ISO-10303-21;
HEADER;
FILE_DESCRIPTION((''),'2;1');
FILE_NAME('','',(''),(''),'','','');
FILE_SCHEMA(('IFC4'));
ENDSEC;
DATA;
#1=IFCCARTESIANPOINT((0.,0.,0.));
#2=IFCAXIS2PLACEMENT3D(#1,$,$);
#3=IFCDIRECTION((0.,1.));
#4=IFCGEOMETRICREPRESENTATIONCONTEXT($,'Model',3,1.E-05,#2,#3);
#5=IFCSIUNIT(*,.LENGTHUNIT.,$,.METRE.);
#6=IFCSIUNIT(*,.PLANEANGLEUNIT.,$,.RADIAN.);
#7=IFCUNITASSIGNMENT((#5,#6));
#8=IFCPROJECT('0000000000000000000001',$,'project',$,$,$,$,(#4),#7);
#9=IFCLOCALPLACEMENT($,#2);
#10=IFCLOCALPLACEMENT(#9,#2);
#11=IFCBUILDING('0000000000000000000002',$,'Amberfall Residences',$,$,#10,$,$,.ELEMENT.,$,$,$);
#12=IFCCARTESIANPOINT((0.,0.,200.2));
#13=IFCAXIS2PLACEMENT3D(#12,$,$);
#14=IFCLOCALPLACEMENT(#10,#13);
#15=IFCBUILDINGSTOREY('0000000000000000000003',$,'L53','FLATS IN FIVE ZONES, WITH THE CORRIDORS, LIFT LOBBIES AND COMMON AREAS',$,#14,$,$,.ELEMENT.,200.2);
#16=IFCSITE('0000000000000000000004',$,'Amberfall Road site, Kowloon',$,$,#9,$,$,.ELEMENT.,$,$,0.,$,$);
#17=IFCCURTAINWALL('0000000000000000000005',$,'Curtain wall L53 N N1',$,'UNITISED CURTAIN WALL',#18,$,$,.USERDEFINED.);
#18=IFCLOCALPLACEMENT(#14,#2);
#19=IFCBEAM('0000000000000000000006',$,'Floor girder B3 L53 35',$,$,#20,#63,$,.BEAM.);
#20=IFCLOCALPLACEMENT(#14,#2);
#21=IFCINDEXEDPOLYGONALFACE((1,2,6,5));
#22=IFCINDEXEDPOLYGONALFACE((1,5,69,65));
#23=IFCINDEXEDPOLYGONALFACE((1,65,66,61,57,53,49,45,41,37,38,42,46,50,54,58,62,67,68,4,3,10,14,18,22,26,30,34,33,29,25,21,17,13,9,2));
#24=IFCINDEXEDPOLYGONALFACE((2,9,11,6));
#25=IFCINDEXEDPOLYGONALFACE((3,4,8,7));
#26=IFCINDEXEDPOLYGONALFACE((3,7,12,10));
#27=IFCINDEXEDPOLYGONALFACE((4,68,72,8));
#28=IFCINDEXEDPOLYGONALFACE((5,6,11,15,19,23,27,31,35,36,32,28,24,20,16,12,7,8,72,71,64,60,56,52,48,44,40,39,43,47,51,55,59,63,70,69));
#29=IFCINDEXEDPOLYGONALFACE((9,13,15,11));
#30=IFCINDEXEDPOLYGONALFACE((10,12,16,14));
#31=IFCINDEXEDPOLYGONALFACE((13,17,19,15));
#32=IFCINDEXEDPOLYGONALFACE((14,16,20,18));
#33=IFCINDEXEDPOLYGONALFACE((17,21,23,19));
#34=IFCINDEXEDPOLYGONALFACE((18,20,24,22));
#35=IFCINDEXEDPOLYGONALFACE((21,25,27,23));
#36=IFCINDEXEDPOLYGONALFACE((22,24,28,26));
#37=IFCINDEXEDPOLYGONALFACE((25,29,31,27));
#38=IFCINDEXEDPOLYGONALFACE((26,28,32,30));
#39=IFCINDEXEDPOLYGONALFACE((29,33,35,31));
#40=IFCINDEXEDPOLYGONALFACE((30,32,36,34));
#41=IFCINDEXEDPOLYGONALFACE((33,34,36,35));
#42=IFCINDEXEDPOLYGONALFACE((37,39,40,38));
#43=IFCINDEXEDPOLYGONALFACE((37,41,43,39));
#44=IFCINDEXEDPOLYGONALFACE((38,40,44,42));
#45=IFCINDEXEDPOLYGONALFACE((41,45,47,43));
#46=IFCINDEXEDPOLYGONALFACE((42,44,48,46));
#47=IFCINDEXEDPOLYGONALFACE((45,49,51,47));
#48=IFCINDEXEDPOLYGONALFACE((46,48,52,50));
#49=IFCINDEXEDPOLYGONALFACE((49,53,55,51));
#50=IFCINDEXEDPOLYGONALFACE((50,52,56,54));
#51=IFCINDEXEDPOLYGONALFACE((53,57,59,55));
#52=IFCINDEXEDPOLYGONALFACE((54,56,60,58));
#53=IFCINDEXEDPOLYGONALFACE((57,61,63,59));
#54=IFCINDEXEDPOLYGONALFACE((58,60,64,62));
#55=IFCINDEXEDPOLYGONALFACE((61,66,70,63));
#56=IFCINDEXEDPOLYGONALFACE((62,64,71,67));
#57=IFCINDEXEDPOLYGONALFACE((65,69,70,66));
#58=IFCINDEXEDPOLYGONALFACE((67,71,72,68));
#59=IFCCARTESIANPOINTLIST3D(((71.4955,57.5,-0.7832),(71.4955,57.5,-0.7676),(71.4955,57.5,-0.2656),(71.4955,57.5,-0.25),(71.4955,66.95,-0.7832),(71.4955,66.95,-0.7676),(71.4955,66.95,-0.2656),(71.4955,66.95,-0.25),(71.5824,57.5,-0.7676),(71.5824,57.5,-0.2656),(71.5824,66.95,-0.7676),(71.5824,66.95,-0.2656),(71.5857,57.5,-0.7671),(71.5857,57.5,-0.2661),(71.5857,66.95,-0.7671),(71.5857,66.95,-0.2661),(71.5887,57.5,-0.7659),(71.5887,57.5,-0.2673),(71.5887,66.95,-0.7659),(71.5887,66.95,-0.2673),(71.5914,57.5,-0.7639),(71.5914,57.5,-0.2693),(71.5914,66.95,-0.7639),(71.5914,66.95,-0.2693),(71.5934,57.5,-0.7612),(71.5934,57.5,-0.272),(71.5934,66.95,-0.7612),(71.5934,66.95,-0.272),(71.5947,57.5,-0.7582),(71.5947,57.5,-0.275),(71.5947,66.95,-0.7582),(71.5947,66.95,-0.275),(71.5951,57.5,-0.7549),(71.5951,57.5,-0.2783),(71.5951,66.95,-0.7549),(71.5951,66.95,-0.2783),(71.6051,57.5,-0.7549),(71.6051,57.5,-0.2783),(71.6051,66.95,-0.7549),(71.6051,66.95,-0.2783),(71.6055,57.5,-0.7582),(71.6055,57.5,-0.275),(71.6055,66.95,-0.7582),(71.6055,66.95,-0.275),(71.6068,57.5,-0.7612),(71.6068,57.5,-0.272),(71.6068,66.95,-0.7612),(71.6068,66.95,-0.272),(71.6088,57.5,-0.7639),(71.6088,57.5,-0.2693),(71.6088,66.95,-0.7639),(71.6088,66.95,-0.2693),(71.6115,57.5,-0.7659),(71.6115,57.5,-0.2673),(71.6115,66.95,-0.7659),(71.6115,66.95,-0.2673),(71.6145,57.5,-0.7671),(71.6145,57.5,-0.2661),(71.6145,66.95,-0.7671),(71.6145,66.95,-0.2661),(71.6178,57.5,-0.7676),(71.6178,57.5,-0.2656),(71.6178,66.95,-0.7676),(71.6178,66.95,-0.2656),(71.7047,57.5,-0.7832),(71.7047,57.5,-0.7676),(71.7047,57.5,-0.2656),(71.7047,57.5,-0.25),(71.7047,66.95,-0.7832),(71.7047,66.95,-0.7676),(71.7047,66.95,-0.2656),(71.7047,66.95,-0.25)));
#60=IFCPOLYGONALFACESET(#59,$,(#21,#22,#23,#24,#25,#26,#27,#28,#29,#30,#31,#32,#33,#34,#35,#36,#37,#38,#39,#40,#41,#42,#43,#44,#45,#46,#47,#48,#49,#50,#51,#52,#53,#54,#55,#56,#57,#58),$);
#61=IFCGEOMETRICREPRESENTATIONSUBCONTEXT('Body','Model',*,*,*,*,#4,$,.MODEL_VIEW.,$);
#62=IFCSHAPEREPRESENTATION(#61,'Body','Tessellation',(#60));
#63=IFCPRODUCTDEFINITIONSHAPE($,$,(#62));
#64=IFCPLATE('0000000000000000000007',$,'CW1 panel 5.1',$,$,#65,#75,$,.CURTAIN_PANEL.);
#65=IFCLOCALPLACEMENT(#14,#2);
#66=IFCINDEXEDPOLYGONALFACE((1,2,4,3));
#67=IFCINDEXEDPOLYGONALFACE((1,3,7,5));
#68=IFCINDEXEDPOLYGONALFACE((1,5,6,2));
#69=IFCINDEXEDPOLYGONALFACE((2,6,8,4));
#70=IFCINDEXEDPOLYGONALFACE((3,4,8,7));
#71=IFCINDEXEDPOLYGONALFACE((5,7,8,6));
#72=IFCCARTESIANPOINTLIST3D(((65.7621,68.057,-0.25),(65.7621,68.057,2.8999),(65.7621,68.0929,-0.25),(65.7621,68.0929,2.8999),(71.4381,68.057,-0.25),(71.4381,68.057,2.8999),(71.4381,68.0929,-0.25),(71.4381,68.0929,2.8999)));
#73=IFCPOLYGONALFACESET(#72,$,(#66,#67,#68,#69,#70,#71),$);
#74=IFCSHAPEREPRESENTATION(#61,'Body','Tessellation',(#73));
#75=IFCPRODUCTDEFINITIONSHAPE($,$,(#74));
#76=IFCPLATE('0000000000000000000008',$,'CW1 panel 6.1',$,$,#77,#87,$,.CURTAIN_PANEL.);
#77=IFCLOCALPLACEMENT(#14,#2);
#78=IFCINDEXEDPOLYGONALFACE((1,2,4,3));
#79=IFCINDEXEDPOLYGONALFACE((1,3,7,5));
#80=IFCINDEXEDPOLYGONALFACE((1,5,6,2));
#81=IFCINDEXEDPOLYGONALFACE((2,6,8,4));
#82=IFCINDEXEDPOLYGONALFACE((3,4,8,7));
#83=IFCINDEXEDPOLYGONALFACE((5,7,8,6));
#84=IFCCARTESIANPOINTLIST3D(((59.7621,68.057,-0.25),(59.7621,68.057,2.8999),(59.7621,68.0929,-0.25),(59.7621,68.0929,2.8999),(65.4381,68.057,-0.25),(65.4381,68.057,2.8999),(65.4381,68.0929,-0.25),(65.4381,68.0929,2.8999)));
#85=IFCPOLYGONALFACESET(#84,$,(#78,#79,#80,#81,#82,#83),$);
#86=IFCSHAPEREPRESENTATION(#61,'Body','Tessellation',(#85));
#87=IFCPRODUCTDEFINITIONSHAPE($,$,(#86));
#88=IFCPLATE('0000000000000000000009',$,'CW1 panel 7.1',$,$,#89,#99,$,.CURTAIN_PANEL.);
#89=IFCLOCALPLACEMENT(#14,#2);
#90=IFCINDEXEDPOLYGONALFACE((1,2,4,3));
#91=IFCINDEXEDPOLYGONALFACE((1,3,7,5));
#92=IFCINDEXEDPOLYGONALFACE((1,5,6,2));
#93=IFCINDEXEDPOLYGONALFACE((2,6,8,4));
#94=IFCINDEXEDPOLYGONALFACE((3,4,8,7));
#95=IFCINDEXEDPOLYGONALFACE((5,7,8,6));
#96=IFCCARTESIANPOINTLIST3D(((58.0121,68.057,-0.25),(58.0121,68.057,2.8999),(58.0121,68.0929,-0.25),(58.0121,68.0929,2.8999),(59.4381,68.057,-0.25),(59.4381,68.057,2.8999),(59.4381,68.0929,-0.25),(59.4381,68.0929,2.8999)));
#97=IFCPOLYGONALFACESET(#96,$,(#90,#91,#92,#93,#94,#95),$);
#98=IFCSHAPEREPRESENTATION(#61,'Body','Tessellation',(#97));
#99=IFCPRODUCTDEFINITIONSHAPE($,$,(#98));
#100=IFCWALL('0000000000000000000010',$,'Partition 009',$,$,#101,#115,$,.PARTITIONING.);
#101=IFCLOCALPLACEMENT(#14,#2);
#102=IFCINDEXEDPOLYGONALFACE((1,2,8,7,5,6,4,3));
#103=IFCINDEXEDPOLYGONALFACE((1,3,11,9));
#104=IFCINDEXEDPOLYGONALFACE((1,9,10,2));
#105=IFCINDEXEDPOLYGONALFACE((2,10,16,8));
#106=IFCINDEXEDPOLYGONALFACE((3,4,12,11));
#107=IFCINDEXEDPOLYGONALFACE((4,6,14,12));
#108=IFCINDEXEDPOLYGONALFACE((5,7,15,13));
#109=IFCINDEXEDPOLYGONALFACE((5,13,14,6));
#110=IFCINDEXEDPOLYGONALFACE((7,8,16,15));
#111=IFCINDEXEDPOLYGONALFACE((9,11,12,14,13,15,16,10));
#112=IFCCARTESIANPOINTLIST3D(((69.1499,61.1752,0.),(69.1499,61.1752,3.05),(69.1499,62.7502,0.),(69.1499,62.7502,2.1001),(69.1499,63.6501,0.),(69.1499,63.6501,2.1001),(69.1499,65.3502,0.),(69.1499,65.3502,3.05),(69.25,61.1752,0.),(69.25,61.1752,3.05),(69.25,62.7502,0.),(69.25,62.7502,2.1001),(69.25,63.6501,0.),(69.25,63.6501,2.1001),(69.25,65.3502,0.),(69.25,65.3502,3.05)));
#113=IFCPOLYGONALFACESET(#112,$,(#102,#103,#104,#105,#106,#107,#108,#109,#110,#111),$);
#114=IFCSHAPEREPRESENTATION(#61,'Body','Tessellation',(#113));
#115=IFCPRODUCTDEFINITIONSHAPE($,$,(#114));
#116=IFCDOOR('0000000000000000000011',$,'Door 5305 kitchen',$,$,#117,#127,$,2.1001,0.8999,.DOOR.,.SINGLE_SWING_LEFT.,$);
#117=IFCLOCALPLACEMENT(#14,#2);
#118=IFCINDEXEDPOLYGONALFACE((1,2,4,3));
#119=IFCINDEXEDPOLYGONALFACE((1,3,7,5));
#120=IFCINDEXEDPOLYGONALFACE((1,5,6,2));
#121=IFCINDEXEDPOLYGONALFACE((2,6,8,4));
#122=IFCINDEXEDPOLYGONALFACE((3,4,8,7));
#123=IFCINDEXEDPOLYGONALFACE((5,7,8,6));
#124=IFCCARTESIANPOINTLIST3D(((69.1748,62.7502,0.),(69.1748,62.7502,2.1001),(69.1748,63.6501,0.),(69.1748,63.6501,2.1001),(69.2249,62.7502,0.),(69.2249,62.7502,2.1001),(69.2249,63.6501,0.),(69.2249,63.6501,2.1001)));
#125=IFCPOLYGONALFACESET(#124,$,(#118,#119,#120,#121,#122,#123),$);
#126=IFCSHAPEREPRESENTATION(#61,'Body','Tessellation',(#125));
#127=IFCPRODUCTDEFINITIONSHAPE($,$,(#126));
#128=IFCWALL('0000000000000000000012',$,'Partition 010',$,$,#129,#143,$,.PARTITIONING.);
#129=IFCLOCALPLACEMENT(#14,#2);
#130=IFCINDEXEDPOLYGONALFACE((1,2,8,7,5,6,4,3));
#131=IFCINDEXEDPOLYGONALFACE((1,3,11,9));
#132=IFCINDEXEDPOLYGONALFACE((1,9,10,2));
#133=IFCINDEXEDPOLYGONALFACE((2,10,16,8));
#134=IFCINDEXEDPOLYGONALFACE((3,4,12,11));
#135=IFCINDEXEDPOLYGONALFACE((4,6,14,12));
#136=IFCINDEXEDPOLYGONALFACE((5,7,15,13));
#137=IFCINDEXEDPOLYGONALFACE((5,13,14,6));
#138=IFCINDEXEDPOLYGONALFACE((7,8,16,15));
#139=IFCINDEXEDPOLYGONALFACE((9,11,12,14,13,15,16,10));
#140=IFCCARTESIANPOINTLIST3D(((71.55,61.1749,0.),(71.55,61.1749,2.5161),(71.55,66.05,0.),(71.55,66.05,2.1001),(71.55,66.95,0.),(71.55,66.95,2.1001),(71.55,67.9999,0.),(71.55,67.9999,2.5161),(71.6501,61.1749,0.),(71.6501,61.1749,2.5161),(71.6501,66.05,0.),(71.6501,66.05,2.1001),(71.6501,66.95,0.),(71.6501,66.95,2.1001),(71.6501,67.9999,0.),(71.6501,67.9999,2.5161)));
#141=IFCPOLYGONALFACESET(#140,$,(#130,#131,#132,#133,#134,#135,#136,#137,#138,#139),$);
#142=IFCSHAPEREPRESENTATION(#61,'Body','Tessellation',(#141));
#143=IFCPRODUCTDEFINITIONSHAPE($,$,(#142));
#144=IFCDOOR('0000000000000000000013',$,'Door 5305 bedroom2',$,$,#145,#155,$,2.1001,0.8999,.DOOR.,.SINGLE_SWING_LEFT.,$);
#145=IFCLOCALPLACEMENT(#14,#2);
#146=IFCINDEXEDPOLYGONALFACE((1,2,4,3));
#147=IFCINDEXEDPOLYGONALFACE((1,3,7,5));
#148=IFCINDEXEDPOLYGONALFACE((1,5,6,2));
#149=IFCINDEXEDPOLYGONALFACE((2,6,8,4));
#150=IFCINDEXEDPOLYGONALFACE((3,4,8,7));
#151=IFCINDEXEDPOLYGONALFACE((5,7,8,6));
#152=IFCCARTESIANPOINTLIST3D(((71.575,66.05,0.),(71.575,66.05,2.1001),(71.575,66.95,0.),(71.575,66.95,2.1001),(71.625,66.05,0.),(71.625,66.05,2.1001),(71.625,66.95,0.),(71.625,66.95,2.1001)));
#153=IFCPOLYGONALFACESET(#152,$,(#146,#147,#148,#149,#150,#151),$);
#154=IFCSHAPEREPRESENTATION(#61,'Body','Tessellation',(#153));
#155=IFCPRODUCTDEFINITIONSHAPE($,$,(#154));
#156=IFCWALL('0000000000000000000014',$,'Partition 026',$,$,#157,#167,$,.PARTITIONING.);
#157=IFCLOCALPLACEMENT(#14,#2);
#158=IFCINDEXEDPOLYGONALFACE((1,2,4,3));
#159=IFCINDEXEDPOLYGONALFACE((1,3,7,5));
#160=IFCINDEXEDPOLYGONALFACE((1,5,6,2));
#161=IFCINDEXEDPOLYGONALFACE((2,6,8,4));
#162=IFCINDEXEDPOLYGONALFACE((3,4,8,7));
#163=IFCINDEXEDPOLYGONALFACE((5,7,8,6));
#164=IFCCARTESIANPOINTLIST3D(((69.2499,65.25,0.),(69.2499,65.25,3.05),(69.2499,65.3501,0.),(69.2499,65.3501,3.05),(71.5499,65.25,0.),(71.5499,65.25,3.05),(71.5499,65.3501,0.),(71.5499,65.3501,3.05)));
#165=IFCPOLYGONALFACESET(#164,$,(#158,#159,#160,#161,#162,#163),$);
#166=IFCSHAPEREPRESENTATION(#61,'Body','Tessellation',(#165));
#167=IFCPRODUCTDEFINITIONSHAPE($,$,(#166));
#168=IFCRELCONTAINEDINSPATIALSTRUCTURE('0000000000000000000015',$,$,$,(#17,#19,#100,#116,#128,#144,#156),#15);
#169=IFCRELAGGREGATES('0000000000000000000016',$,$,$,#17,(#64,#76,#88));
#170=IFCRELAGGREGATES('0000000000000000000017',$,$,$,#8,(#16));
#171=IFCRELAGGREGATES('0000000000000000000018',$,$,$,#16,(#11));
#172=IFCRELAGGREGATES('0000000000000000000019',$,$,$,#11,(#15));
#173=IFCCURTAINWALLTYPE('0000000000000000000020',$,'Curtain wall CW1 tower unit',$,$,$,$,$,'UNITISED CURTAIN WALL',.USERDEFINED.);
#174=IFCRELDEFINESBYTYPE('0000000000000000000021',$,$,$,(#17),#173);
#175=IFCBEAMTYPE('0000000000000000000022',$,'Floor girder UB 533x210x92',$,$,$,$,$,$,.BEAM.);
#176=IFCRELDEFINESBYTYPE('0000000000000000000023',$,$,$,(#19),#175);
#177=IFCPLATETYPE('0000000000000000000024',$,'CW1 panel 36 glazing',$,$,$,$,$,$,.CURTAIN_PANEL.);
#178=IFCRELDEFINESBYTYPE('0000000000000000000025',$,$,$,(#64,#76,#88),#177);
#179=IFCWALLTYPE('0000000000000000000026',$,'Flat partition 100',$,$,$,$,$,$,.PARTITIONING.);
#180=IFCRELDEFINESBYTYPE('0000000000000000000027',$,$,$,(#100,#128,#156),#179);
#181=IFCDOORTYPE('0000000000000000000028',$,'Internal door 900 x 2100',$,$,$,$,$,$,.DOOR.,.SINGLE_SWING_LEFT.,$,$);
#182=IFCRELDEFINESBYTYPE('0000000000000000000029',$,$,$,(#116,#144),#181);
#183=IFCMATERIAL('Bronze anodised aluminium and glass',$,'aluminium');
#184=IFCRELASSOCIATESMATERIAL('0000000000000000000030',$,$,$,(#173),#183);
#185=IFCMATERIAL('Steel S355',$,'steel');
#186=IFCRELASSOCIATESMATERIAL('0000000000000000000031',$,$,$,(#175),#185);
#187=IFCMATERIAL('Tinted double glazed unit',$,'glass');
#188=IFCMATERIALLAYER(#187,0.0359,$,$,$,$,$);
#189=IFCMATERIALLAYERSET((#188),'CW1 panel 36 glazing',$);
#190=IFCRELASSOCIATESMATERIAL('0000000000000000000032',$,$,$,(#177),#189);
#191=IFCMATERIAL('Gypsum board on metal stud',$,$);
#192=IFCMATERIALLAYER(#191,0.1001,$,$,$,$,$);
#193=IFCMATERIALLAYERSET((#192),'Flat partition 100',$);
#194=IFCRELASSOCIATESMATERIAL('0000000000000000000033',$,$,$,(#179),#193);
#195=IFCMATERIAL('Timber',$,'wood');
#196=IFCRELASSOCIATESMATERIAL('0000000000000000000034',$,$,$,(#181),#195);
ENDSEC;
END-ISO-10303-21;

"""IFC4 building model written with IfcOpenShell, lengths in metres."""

from ifc_helpers import new_model, si_unit, direction, frame, frame_2d, origin, origin_2d, place, context, subcontext, project, spatial, rectangle, i_section, extrude, material, layer, layer_set, material_profile, profile_set, type_object, element, fill, aggregate, save


model = new_model("IFC4")

# Units and contexts
model_context = context("Model", 3, precision=1e-05, world=origin(), true_north=direction((0.0, 1.0)))
body_context = subcontext(model_context, "Body", "Model", "MODEL_VIEW")
ifc_project = project(units=[si_unit("LENGTHUNIT", "METRE"), si_unit("PLANEANGLEUNIT", "RADIAN")], contexts=[model_context])

# Site, building, storey
site_placement = place(None, origin())
site = spatial("IfcSite", under=ifc_project, at=site_placement, Name="Amberfall Road site, Kowloon", CompositionType="ELEMENT", RefElevation=0.0)
building_placement = place(site_placement, origin())
building = spatial("IfcBuilding", under=site, at=building_placement, Name="Amberfall Residences", CompositionType="ELEMENT")
storey_placement = place(building_placement, frame((0.0, 0.0, 200.2)))
storey = spatial("IfcBuildingStorey", under=building, at=storey_placement, Name="L53", Description="FLATS IN FIVE ZONES, WITH THE CORRIDORS, LIFT LOBBIES AND COMMON AREAS", CompositionType="ELEMENT", Elevation=200.2)

# Curtain wall
ifc_material_1 = material(Name="Bronze anodised aluminium and glass", Category="aluminium")
curtain_wall_type = type_object("IfcCurtainWallType", Name="Curtain wall CW1 tower unit", ElementType="UNITISED CURTAIN WALL", PredefinedType="USERDEFINED", material=ifc_material_1)
curtain_wall_placement = place(storey_placement, origin())
curtain_wall = element("IfcCurtainWall", 1, at=curtain_wall_placement, inside=storey, type_object=curtain_wall_type, Name="Curtain wall L53 N N1", ObjectType="UNITISED CURTAIN WALL", PredefinedType="USERDEFINED")

# Shared definitions
ifc_material_2 = material(Name="Steel S355", Category="steel")

# Beam
ifc_material_profile_1 = material_profile(ifc_material_2, i_section(OverallWidth=0.2092, OverallDepth=0.5332, WebThickness=0.01, FlangeThickness=0.0156, FilletRadius=0.0127, at=origin_2d()), Name="UB 533x210x92")
ifc_profile_set_1 = profile_set([ifc_material_profile_1], Name="Steel S355")
beam_type_1 = type_object("IfcBeamType", Name="Floor girder UB 533x210x92", PredefinedType="BEAM", material=ifc_profile_set_1)
for number, where, z_axis, x_axis, name in (
    (2, (71.6001, 66.95, -0.5166), (0.0, -1.0, 0.0), (1.0, 0.0, 0.0), "Floor girder B3 L53 35"),
):
    element("IfcBeam", number, at=place(storey_placement, frame(where, z_axis=z_axis, x_axis=x_axis)), inside=storey, type_object=beam_type_1, Name=name, PredefinedType="BEAM", context=body_context, shape_type="SweptSolid", body=[
        extrude(i_section(OverallWidth=0.2092, OverallDepth=0.5332, WebThickness=0.01, FlangeThickness=0.0156, FilletRadius=0.0127, at=origin_2d()), origin(), (0.0, 0.0, 1.0), 9.45),
    ])

# Plates
ifc_material_3 = material(Name="Tinted double glazed unit", Category="glass")
ifc_layer_1 = layer(ifc_material_3, 0.0359)
ifc_layer_set_1 = layer_set([ifc_layer_1], Name="CW1 panel 36 glazing")
plate_type = type_object("IfcPlateType", Name="CW1 panel 36 glazing", PredefinedType="CURTAIN_PANEL", material=ifc_layer_set_1)
plate_1_placement = place(storey_placement, frame((68.6001, 68.075, -0.25), z_axis=(0.0, 0.0, 1.0), x_axis=(-1.0, 0.0, 0.0)))
plate_1 = element("IfcPlate", 3, at=plate_1_placement, type_object=plate_type, Name="CW1 panel 5.1", PredefinedType="CURTAIN_PANEL", context=body_context, shape_type="SweptSolid", body=[
    extrude(rectangle(XDim=5.676, YDim=0.0359, at=origin_2d()), origin(), (0.0, 0.0, 1.0), 3.1499),
])
plate_2_placement = place(storey_placement, frame((62.6001, 68.075, -0.25), z_axis=(0.0, 0.0, 1.0), x_axis=(-1.0, 0.0, 0.0)))
plate_2 = element("IfcPlate", 4, at=plate_2_placement, type_object=plate_type, Name="CW1 panel 6.1", PredefinedType="CURTAIN_PANEL", context=body_context, shape_type="SweptSolid", body=[
    extrude(rectangle(XDim=5.676, YDim=0.0359, at=origin_2d()), origin(), (0.0, 0.0, 1.0), 3.1499),
])
plate_3_placement = place(storey_placement, frame((58.7251, 68.075, -0.25), z_axis=(0.0, 0.0, 1.0), x_axis=(-1.0, 0.0, 0.0)))
plate_3 = element("IfcPlate", 5, at=plate_3_placement, type_object=plate_type, Name="CW1 panel 7.1", PredefinedType="CURTAIN_PANEL", context=body_context, shape_type="SweptSolid", body=[
    extrude(rectangle(XDim=1.426, YDim=0.0359, at=origin_2d()), origin(), (0.0, 0.0, 1.0), 3.1499),
])
aggregate(curtain_wall, [plate_1, plate_2, plate_3])

# Walls, openings, doors
ifc_material_4 = material(Name="Gypsum board on metal stud")
ifc_layer_2 = layer(ifc_material_4, 0.1001)
ifc_layer_set_2 = layer_set([ifc_layer_2], Name="Flat partition 100")
wall_type = type_object("IfcWallType", Name="Flat partition 100", PredefinedType="PARTITIONING", material=ifc_layer_set_2)
wall_1_placement = place(storey_placement, frame((69.2, 65.3501, 0.0), z_axis=(0.0, 0.0, 1.0), x_axis=(0.0, -1.0, 0.0)))
wall_1 = element("IfcWall", 6, at=wall_1_placement, inside=storey, type_object=wall_type, Name="Partition 009", PredefinedType="PARTITIONING", context=body_context, shape_type="SweptSolid", body=[
    extrude(rectangle(XDim=4.175, YDim=0.1001, at=frame_2d((2.0874, 0.0))), origin(), (0.0, 0.0, 1.0), 3.05),
])
opening_1_placement = place(wall_1_placement, frame((1.7, 0.0, 0.0)))
opening_1 = element("IfcOpeningElement", 7, at=opening_1_placement, cuts=wall_1, PredefinedType="OPENING", context=body_context, shape_type="SweptSolid", body=[
    extrude(rectangle(XDim=0.8999, YDim=2.1001, at=frame_2d((0.45, 1.05))), frame((0.0, 0.0601, 0.0), z_axis=(0.0, -1.0, 0.0), x_axis=(1.0, 0.0, 0.0)), (0.0, 0.0, 1.0), 0.1201),
])
ifc_material_5 = material(Name="Timber", Category="wood")
door_type = type_object("IfcDoorType", Name="Internal door 900 x 2100", OperationType="SINGLE_SWING_LEFT", PredefinedType="DOOR", material=ifc_material_5)
door_1_placement = place(opening_1_placement, origin())
door_1 = element("IfcDoor", 8, at=door_1_placement, inside=storey, type_object=door_type, Name="Door 5305 kitchen", OperationType="SINGLE_SWING_LEFT", OverallHeight=2.1001, OverallWidth=0.8999, PredefinedType="DOOR", context=body_context, shape_type="SweptSolid", body=[
    extrude(rectangle(XDim=0.8999, YDim=2.1001, at=frame_2d((0.45, 1.05))), frame((0.0, 0.0249, 0.0), z_axis=(0.0, -1.0, 0.0), x_axis=(1.0, 0.0, 0.0)), (0.0, 0.0, 1.0), 0.05),
])
fill(opening_1, door_1)
wall_2_placement = place(storey_placement, frame((71.6001, 68.0, 0.0), z_axis=(0.0, 0.0, 1.0), x_axis=(0.0, -1.0, 0.0)))
wall_2 = element("IfcWall", 9, at=wall_2_placement, inside=storey, type_object=wall_type, Name="Partition 010", PredefinedType="PARTITIONING", context=body_context, shape_type="SweptSolid", body=[
    extrude(rectangle(XDim=6.825, YDim=0.1001, at=frame_2d((3.4126, 0.0))), origin(), (0.0, 0.0, 1.0), 2.5161),
])
opening_2_placement = place(wall_2_placement, frame((1.05, 0.0, 0.0)))
opening_2 = element("IfcOpeningElement", 10, at=opening_2_placement, cuts=wall_2, PredefinedType="OPENING", context=body_context, shape_type="SweptSolid", body=[
    extrude(rectangle(XDim=0.8999, YDim=2.1001, at=frame_2d((0.45, 1.05))), frame((0.0, 0.0601, 0.0), z_axis=(0.0, -1.0, 0.0), x_axis=(1.0, 0.0, 0.0)), (0.0, 0.0, 1.0), 0.1201),
])
door_2_placement = place(opening_2_placement, origin())
door_2 = element("IfcDoor", 11, at=door_2_placement, inside=storey, type_object=door_type, Name="Door 5305 bedroom2", OperationType="SINGLE_SWING_LEFT", OverallHeight=2.1001, OverallWidth=0.8999, PredefinedType="DOOR", context=body_context, shape_type="SweptSolid", body=[
    extrude(rectangle(XDim=0.8999, YDim=2.1001, at=frame_2d((0.45, 1.05))), frame((0.0, 0.0249, 0.0), z_axis=(0.0, -1.0, 0.0), x_axis=(1.0, 0.0, 0.0)), (0.0, 0.0, 1.0), 0.05),
])
fill(opening_2, door_2)

# Wall
wall_3_placement = place(storey_placement, frame((69.25, 65.3, 0.0), z_axis=(0.0, 0.0, 1.0), x_axis=(1.0, 0.0, 0.0)))
element("IfcWall", 12, at=wall_3_placement, inside=storey, type_object=wall_type, Name="Partition 026", PredefinedType="PARTITIONING", context=body_context, shape_type="SweptSolid", body=[
    extrude(rectangle(XDim=2.3, YDim=0.1001, at=frame_2d((1.1499, 0.0))), origin(), (0.0, 0.0, 1.0), 3.05),
])

save(model, "model.ifc")
